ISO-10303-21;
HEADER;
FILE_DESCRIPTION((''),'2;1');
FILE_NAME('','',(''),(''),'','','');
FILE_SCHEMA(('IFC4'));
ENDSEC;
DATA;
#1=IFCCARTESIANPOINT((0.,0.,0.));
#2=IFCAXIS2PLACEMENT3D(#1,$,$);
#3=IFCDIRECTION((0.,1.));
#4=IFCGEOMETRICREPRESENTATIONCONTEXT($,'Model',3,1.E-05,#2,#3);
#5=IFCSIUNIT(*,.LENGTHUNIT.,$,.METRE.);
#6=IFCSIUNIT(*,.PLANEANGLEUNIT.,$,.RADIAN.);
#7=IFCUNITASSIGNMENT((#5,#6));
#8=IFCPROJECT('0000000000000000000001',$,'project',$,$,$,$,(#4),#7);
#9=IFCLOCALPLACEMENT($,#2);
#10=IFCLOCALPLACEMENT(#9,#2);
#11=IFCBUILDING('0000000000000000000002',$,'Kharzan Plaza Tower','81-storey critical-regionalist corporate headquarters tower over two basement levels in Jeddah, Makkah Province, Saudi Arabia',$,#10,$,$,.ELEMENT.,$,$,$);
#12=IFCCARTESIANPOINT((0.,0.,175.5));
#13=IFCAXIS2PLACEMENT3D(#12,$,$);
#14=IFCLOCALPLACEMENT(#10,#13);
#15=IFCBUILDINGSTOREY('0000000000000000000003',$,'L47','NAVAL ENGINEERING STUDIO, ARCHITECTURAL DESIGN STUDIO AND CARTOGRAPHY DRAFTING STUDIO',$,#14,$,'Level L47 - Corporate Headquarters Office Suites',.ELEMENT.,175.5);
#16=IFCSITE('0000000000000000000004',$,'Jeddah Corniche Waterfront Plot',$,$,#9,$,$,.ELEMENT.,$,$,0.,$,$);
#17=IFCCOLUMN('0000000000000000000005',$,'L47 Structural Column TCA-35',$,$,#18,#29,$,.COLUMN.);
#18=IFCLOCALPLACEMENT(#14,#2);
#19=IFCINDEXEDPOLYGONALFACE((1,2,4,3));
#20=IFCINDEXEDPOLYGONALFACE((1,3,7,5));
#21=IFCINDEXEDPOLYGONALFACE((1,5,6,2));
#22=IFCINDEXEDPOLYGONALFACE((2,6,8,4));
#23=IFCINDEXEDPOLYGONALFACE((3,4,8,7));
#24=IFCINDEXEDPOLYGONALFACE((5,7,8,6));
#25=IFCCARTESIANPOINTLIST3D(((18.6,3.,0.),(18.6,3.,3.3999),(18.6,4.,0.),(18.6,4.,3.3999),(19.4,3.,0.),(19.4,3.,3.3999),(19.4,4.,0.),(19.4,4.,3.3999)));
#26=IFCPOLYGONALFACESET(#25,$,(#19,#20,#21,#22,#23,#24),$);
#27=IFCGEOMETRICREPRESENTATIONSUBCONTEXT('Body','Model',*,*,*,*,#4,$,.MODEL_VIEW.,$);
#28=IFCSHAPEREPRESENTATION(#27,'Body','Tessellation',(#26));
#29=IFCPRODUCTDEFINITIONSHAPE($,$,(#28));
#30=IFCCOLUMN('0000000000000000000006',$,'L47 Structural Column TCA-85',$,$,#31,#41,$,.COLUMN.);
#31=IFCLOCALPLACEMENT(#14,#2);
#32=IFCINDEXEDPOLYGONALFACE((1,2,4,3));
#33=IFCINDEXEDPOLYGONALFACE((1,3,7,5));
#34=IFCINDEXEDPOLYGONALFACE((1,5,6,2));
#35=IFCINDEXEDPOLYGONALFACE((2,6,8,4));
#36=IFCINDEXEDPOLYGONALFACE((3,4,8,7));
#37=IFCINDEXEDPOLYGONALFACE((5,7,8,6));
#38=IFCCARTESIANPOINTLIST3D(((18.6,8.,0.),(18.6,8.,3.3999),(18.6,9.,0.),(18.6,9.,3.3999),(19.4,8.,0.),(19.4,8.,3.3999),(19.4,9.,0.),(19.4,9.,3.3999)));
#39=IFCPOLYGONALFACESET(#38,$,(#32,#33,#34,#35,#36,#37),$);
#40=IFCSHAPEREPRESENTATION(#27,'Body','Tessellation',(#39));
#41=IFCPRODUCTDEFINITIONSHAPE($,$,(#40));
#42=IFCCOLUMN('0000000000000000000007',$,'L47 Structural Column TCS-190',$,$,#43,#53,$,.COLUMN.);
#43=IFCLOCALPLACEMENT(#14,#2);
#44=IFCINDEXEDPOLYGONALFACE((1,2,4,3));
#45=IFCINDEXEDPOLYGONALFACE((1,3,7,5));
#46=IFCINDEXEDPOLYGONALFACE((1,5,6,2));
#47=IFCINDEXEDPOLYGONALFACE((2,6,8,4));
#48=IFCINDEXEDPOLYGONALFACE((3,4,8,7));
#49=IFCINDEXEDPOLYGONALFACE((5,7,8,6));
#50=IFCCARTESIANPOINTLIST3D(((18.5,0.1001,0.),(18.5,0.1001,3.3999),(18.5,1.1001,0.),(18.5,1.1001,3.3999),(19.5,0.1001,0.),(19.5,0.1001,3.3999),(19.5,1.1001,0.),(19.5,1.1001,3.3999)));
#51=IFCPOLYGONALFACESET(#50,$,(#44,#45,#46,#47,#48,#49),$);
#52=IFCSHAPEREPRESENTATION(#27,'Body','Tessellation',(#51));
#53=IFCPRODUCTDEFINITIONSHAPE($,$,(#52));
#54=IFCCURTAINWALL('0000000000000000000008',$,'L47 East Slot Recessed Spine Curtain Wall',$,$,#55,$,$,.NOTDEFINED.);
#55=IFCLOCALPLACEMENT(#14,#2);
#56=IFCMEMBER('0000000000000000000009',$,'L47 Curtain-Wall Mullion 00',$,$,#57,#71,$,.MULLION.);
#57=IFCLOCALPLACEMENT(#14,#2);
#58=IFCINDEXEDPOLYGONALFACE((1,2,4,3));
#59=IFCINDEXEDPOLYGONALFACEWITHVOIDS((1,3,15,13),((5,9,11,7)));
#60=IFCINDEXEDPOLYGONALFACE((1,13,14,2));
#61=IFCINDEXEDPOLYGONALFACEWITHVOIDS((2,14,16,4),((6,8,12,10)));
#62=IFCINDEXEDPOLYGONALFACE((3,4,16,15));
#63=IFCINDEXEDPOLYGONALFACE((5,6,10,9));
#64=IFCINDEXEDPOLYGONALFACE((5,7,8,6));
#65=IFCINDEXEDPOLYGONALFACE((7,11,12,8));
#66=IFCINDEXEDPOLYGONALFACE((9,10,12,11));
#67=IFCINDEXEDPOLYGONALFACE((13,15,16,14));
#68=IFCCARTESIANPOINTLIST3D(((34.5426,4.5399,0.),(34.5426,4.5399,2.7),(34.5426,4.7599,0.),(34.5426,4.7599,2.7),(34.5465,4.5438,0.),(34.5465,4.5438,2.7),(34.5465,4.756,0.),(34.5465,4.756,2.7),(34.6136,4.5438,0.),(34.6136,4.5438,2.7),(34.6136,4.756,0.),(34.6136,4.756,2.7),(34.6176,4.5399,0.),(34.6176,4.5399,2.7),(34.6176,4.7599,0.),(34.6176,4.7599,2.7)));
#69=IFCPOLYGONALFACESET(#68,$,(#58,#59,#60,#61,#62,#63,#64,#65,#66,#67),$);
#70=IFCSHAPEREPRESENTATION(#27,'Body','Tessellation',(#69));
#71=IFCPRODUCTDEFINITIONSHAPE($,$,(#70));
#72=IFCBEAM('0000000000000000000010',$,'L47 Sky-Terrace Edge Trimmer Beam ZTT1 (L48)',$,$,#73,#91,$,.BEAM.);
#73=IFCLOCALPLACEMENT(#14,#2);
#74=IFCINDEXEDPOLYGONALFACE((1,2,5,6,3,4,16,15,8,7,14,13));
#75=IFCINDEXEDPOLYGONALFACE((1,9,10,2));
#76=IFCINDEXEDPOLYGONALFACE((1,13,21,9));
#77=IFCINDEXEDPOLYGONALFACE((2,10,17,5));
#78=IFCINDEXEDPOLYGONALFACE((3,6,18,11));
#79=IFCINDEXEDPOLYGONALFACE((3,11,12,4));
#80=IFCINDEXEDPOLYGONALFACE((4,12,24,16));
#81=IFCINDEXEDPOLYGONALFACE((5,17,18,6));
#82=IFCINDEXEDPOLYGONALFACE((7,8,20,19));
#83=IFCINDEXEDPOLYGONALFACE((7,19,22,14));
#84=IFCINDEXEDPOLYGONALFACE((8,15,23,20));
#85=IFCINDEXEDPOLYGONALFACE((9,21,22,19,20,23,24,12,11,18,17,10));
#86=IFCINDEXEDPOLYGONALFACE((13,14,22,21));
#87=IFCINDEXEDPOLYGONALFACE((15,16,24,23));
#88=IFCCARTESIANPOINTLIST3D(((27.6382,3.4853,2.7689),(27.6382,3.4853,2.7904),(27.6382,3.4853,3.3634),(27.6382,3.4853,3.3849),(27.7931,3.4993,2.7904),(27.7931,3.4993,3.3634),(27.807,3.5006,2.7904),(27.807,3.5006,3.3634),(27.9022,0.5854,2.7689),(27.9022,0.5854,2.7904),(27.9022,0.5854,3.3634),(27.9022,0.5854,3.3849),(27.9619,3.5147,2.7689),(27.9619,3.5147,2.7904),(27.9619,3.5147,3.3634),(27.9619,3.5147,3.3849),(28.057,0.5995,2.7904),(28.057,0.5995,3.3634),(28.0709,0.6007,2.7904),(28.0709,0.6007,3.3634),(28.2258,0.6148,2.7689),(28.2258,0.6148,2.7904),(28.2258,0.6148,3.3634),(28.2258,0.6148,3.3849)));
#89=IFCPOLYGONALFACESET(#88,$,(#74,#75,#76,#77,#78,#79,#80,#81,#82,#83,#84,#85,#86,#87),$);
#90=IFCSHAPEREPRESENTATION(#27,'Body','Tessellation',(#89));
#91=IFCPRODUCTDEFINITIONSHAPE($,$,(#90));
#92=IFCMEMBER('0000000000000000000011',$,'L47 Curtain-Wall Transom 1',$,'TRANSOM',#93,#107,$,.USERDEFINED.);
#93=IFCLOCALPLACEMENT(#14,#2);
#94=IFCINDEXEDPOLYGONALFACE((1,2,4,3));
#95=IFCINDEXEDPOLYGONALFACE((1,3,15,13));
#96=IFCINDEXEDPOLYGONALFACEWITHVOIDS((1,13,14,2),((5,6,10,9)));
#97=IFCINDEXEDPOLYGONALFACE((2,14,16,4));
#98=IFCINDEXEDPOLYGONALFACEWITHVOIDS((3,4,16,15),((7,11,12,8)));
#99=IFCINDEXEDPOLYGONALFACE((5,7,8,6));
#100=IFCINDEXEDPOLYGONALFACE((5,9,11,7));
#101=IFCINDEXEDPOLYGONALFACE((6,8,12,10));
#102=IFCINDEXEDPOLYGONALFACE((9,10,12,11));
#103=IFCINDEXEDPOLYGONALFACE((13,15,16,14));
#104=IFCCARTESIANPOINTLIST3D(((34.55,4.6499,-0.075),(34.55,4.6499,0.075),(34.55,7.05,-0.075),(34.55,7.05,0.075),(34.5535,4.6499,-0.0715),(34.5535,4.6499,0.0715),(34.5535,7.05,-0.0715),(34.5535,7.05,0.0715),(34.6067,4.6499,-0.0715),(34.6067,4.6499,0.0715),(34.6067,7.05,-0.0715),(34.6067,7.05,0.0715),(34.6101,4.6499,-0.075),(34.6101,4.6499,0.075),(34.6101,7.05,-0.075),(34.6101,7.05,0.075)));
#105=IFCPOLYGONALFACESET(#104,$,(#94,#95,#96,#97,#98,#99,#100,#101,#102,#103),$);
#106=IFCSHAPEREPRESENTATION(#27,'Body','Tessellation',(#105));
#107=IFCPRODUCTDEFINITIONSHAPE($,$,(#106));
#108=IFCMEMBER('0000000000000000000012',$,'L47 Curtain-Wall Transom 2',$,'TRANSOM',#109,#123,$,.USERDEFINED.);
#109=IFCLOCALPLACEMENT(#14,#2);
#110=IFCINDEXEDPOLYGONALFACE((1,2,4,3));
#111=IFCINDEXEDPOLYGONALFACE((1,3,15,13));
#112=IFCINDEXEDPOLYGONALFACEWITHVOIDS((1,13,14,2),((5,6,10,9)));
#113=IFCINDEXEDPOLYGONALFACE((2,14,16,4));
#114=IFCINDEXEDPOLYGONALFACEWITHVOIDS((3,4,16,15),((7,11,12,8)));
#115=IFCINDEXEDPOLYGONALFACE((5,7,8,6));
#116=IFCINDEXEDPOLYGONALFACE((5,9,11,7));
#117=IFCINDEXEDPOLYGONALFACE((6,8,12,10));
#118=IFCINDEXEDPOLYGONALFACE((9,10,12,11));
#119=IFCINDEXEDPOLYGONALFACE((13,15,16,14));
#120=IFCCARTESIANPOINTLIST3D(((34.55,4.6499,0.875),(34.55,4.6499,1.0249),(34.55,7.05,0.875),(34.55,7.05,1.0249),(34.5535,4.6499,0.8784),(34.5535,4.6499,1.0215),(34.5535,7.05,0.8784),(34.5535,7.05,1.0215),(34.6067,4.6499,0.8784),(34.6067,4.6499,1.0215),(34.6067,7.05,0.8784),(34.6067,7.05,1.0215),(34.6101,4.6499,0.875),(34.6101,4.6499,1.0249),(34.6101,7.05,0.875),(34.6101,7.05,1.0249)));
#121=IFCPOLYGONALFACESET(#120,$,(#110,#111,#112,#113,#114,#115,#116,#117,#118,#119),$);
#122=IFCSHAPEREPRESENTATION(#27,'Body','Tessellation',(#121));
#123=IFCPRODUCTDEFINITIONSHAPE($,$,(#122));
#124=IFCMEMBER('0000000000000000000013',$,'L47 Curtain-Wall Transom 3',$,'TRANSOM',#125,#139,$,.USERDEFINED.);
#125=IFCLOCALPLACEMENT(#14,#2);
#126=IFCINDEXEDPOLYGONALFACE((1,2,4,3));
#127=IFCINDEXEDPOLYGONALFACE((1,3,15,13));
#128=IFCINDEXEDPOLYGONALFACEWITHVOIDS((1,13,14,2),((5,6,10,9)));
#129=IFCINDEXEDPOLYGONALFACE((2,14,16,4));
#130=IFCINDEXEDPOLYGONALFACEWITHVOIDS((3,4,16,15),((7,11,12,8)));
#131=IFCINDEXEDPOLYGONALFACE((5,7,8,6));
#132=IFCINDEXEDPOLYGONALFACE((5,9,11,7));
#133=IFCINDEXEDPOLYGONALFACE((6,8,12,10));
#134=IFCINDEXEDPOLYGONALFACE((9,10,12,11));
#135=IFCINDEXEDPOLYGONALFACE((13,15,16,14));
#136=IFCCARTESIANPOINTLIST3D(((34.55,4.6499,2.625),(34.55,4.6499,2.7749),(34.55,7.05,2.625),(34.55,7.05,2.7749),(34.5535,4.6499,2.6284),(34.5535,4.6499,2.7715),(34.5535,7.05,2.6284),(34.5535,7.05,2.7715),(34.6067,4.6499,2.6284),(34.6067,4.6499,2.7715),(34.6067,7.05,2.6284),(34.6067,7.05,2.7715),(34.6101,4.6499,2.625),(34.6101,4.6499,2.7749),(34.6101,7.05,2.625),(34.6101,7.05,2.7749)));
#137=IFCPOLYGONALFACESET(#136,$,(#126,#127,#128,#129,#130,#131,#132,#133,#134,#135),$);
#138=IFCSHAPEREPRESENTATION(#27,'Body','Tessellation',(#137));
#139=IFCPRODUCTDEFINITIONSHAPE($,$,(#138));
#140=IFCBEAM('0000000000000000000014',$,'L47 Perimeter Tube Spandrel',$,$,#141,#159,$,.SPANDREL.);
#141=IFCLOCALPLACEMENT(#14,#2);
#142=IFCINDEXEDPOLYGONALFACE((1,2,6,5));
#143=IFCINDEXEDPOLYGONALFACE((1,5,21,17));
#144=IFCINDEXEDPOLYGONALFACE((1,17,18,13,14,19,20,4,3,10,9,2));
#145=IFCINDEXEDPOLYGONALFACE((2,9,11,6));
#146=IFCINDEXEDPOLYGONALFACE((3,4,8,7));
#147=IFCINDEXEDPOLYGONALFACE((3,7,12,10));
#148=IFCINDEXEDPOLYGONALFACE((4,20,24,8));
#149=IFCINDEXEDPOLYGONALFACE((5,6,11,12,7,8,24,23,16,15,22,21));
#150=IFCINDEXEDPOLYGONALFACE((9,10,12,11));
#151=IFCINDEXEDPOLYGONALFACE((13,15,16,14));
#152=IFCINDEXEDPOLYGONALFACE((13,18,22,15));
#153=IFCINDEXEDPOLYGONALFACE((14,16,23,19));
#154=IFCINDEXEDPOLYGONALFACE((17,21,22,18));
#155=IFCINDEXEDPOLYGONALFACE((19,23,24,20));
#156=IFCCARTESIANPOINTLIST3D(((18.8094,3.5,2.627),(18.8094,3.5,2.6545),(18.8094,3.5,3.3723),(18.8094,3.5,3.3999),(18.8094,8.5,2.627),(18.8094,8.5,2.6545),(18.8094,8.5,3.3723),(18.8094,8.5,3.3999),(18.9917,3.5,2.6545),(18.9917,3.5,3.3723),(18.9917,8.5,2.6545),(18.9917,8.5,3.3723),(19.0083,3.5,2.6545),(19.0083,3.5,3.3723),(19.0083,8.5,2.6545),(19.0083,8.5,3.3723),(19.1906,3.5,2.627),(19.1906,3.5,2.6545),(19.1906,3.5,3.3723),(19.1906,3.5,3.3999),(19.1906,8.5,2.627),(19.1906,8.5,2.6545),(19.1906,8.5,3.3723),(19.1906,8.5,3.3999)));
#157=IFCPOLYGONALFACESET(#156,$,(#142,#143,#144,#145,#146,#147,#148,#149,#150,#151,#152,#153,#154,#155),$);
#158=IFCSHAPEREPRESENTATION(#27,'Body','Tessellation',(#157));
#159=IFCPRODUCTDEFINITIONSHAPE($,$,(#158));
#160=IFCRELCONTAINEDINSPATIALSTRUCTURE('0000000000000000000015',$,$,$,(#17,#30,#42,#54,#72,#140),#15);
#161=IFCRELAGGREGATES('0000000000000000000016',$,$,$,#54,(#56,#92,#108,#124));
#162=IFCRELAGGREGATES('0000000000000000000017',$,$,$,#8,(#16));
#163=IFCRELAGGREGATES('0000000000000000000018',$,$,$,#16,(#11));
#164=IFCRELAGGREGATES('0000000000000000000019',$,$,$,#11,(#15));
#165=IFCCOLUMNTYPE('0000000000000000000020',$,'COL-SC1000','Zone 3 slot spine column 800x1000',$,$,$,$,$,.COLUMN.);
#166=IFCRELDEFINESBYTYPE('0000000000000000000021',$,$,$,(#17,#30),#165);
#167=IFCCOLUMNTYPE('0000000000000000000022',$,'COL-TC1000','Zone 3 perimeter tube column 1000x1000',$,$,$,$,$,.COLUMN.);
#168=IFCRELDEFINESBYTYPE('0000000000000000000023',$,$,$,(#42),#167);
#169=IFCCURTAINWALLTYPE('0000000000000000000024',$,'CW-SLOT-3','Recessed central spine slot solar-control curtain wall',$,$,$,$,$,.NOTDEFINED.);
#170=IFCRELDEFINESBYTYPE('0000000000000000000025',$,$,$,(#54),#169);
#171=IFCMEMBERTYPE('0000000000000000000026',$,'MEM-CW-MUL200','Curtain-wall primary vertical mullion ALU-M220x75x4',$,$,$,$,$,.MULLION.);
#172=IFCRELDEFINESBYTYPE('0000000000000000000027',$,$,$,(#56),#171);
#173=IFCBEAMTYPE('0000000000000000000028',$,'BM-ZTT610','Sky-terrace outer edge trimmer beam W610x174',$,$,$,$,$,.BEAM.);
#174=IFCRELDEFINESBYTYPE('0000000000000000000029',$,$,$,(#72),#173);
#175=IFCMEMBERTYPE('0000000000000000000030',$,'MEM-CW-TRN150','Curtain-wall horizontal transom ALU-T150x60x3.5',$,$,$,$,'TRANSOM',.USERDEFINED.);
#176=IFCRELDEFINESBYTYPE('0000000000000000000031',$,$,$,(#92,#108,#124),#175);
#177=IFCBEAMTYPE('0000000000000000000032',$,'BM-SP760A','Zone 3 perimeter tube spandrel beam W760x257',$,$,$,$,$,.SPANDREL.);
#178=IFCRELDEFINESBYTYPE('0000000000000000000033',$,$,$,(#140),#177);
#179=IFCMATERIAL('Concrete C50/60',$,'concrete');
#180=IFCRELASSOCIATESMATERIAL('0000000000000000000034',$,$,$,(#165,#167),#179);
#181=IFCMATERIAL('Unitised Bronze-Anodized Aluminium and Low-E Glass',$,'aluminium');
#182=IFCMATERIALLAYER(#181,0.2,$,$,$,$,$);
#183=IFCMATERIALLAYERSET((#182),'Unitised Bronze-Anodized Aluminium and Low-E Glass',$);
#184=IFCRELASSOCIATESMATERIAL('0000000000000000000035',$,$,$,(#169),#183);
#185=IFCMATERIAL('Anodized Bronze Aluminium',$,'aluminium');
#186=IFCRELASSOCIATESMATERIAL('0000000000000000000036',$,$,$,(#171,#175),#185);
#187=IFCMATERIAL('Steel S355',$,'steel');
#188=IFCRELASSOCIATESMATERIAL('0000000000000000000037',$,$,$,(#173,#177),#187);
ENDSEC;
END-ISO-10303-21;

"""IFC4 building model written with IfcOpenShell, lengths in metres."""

from ifc_helpers import new_model, si_unit, direction, frame, origin, origin_2d, place, context, subcontext, project, spatial, rectangle, hollow_rectangle, i_section, extrude, source, transform, mapped, material, layer, layer_set, material_profile, profile_set, type_object, element, aggregate, save


model = new_model("IFC4")

# Units and contexts
model_context = context("Model", 3, precision=1e-05, world=origin(), true_north=direction((0.0, 1.0)))
body_context = subcontext(model_context, "Body", "Model", "MODEL_VIEW")
ifc_project = project(units=[si_unit("LENGTHUNIT", "METRE"), si_unit("PLANEANGLEUNIT", "RADIAN")], contexts=[model_context])

# Site, building, storey
site_placement = place(None, origin())
site = spatial("IfcSite", under=ifc_project, at=site_placement, Name="Jeddah Corniche Waterfront Plot", CompositionType="ELEMENT", RefElevation=0.0)
building_placement = place(site_placement, origin())
building = spatial("IfcBuilding", under=site, at=building_placement, Name="Kharzan Plaza Tower", Description="81-storey critical-regionalist corporate headquarters tower over two basement levels in Jeddah, Makkah Province, Saudi Arabia", CompositionType="ELEMENT")
storey_placement = place(building_placement, frame((0.0, 0.0, 175.5)))
storey = spatial("IfcBuildingStorey", under=building, at=storey_placement, Name="L47", Description="NAVAL ENGINEERING STUDIO, ARCHITECTURAL DESIGN STUDIO AND CARTOGRAPHY DRAFTING STUDIO", LongName="Level L47 - Corporate Headquarters Office Suites", CompositionType="ELEMENT", Elevation=175.5)

# Columns
ifc_material_1 = material(Name="Concrete C50/60", Category="concrete")
ifc_material_profile_1 = material_profile(ifc_material_1, rectangle(XDim=0.8, YDim=1.0, at=origin_2d()), Name="RC-SC1000x800")
ifc_profile_set_1 = profile_set([ifc_material_profile_1], Name="Concrete C50/60")
column_type_1 = type_object("IfcColumnType", Name="COL-SC1000", Description="Zone 3 slot spine column 800x1000", PredefinedType="COLUMN", material=ifc_profile_set_1)
shared_shape_1 = source(origin(), body_context, "Body", "SweptSolid", [
    extrude(rectangle(XDim=0.8, YDim=1.0, at=origin_2d()), origin(), (0.0, 0.0, 1.0), 3.3999),
])
for number, where, z_axis, x_axis, name in (
    (1, (19.0, 3.5, 0.0), (0.0, 0.0, 1.0), (1.0, 0.0, 0.0), "L47 Structural Column TCA-35"),
    (2, (19.0, 8.5, 0.0), (0.0, 0.0, 1.0), (1.0, 0.0, 0.0), "L47 Structural Column TCA-85"),
):
    element("IfcColumn", number, at=place(storey_placement, frame(where, z_axis=z_axis, x_axis=x_axis)), inside=storey, type_object=column_type_1, Name=name, PredefinedType="COLUMN", context=body_context, shape_type="MappedRepresentation", body=[
        mapped(shared_shape_1, transform((0.0, 0.0, 0.0), x_axis=(1.0, 0.0, 0.0), y_axis=(0.0, 1.0, 0.0), z_axis=(0.0, 0.0, 1.0))),
    ])
ifc_material_profile_2 = material_profile(ifc_material_1, rectangle(XDim=1.0, YDim=1.0, at=origin_2d()), Name="RC-TC1000x1000")
ifc_profile_set_2 = profile_set([ifc_material_profile_2], Name="Concrete C50/60")
column_type_2 = type_object("IfcColumnType", Name="COL-TC1000", Description="Zone 3 perimeter tube column 1000x1000", PredefinedType="COLUMN", material=ifc_profile_set_2)
shared_shape_2 = source(origin(), body_context, "Body", "SweptSolid", [
    extrude(rectangle(XDim=1.0, YDim=1.0, at=origin_2d()), origin(), (0.0, 0.0, 1.0), 3.3999),
])
column_placement = place(storey_placement, frame((19.0, 0.6001, 0.0), z_axis=(0.0, 0.0, 1.0), x_axis=(1.0, 0.0, 0.0)))
element("IfcColumn", 3, at=column_placement, inside=storey, type_object=column_type_2, Name="L47 Structural Column TCS-190", PredefinedType="COLUMN", context=body_context, shape_type="MappedRepresentation", body=[
    mapped(shared_shape_2, transform((0.0, 0.0, 0.0), x_axis=(1.0, 0.0, 0.0), y_axis=(0.0, 1.0, 0.0), z_axis=(0.0, 0.0, 1.0))),
])

# Curtain wall, member
ifc_material_2 = material(Name="Unitised Bronze-Anodized Aluminium and Low-E Glass", Category="aluminium")
ifc_layer_1 = layer(ifc_material_2, 0.2)
ifc_layer_set_1 = layer_set([ifc_layer_1], Name="Unitised Bronze-Anodized Aluminium and Low-E Glass")
curtain_wall_type = type_object("IfcCurtainWallType", Name="CW-SLOT-3", Description="Recessed central spine slot solar-control curtain wall", PredefinedType="NOTDEFINED", material=ifc_layer_set_1)
curtain_wall_placement = place(storey_placement, origin())
curtain_wall = element("IfcCurtainWall", 4, at=curtain_wall_placement, inside=storey, type_object=curtain_wall_type, Name="L47 East Slot Recessed Spine Curtain Wall", PredefinedType="NOTDEFINED")
ifc_material_3 = material(Name="Anodized Bronze Aluminium", Category="aluminium")
ifc_material_profile_3 = material_profile(ifc_material_3, hollow_rectangle(XDim=0.075, YDim=0.22, WallThickness=0.0039, at=origin_2d()), Name="ALU-M220x75x4")
ifc_profile_set_3 = profile_set([ifc_material_profile_3], Name="Anodized Bronze Aluminium")
member_type_1 = type_object("IfcMemberType", Name="MEM-CW-MUL200", Description="Curtain-wall primary vertical mullion ALU-M220x75x4", PredefinedType="MULLION", material=ifc_profile_set_3)
shared_shape_3 = source(origin(), body_context, "Body", "SweptSolid", [
    extrude(hollow_rectangle(XDim=0.075, YDim=0.22, WallThickness=0.0039, at=origin_2d()), origin(), (0.0, 0.0, 1.0), 2.7),
])
member_1_placement = place(storey_placement, frame((34.5801, 4.6499, 0.0), z_axis=(0.0, 0.0, 1.0), x_axis=(1.0, 0.0, 0.0)))
member_1 = element("IfcMember", 5, at=member_1_placement, type_object=member_type_1, Name="L47 Curtain-Wall Mullion 00", PredefinedType="MULLION", context=body_context, shape_type="MappedRepresentation", body=[
    mapped(shared_shape_3, transform((0.0, 0.0, 0.0), x_axis=(1.0, 0.0, 0.0), y_axis=(0.0, 1.0, 0.0), z_axis=(0.0, 0.0, 1.0))),
])

# Beam
ifc_material_4 = material(Name="Steel S355", Category="steel")
ifc_material_profile_4 = material_profile(ifc_material_4, i_section(OverallWidth=0.325, OverallDepth=0.616, WebThickness=0.0139, FlangeThickness=0.0215, at=origin_2d()), Name="W610x174")
ifc_profile_set_4 = profile_set([ifc_material_profile_4], Name="Steel S355")
beam_type_1 = type_object("IfcBeamType", Name="BM-ZTT610", Description="Sky-terrace outer edge trimmer beam W610x174", PredefinedType="BEAM", material=ifc_profile_set_4)
shared_shape_4 = source(origin(), body_context, "Body", "SweptSolid", [
    extrude(i_section(OverallWidth=0.325, OverallDepth=0.616, WebThickness=0.0139, FlangeThickness=0.0215, at=origin_2d()), origin(), (0.0, 0.0, 1.0), 2.9119),
])
beam_1_placement = place(storey_placement, frame((28.064, 0.6001, 3.0769), z_axis=(-0.090634, 0.995884, 0.0), x_axis=(-0.995884, -0.090634, 0.0)))
element("IfcBeam", 6, at=beam_1_placement, inside=storey, type_object=beam_type_1, Name="L47 Sky-Terrace Edge Trimmer Beam ZTT1 (L48)", PredefinedType="BEAM", context=body_context, shape_type="MappedRepresentation", body=[
    mapped(shared_shape_4, transform((0.0, 0.0, 0.0), x_axis=(1.0, 0.0, 0.0), y_axis=(0.0, 1.0, 0.0), z_axis=(0.0, 0.0, 1.0))),
])

# Members
ifc_material_profile_5 = material_profile(ifc_material_3, hollow_rectangle(XDim=0.0601, YDim=0.1499, WallThickness=0.0034, at=origin_2d()), Name="ALU-T150x60x3.5")
ifc_profile_set_5 = profile_set([ifc_material_profile_5], Name="Anodized Bronze Aluminium")
member_type_2 = type_object("IfcMemberType", Name="MEM-CW-TRN150", Description="Curtain-wall horizontal transom ALU-T150x60x3.5", ElementType="TRANSOM", PredefinedType="USERDEFINED", material=ifc_profile_set_5)
shared_shape_5 = source(origin(), body_context, "Body", "SweptSolid", [
    extrude(hollow_rectangle(XDim=0.0601, YDim=0.1499, WallThickness=0.0034, at=origin_2d()), origin(), (0.0, 0.0, 1.0), 2.4001),
])
member_2_placement = place(storey_placement, frame((34.5801, 4.6499, 0.0), z_axis=(0.0, 1.0, 0.0), x_axis=(-1.0, 0.0, 0.0)))
member_2 = element("IfcMember", 7, at=member_2_placement, type_object=member_type_2, Name="L47 Curtain-Wall Transom 1", ObjectType="TRANSOM", PredefinedType="USERDEFINED", context=body_context, shape_type="MappedRepresentation", body=[
    mapped(shared_shape_5, transform((0.0, 0.0, 0.0), x_axis=(1.0, 0.0, 0.0), y_axis=(0.0, 1.0, 0.0), z_axis=(0.0, 0.0, 1.0))),
])
member_3_placement = place(storey_placement, frame((34.5801, 4.6499, 0.95), z_axis=(0.0, 1.0, 0.0), x_axis=(-1.0, 0.0, 0.0)))
member_3 = element("IfcMember", 8, at=member_3_placement, type_object=member_type_2, Name="L47 Curtain-Wall Transom 2", ObjectType="TRANSOM", PredefinedType="USERDEFINED", context=body_context, shape_type="MappedRepresentation", body=[
    mapped(shared_shape_5, transform((0.0, 0.0, 0.0), x_axis=(1.0, 0.0, 0.0), y_axis=(0.0, 1.0, 0.0), z_axis=(0.0, 0.0, 1.0))),
])
member_4_placement = place(storey_placement, frame((34.5801, 4.6499, 2.7), z_axis=(0.0, 1.0, 0.0), x_axis=(-1.0, 0.0, 0.0)))
member_4 = element("IfcMember", 9, at=member_4_placement, type_object=member_type_2, Name="L47 Curtain-Wall Transom 3", ObjectType="TRANSOM", PredefinedType="USERDEFINED", context=body_context, shape_type="MappedRepresentation", body=[
    mapped(shared_shape_5, transform((0.0, 0.0, 0.0), x_axis=(1.0, 0.0, 0.0), y_axis=(0.0, 1.0, 0.0), z_axis=(0.0, 0.0, 1.0))),
])
aggregate(curtain_wall, [member_1, member_2, member_3, member_4])

# Beam
ifc_material_profile_6 = material_profile(ifc_material_4, i_section(OverallWidth=0.3811, OverallDepth=0.7729, WebThickness=0.0166, FlangeThickness=0.0276, at=origin_2d()), Name="W760x257")
ifc_profile_set_6 = profile_set([ifc_material_profile_6], Name="Steel S355")
beam_type_2 = type_object("IfcBeamType", Name="BM-SP760A", Description="Zone 3 perimeter tube spandrel beam W760x257", PredefinedType="SPANDREL", material=ifc_profile_set_6)
shared_shape_6 = source(origin(), body_context, "Body", "SweptSolid", [
    extrude(i_section(OverallWidth=0.3811, OverallDepth=0.7729, WebThickness=0.0166, FlangeThickness=0.0276, at=origin_2d()), origin(), (0.0, 0.0, 1.0), 5.0),
])
beam_2_placement = place(storey_placement, frame((19.0, 3.5, 3.0134), z_axis=(0.0, 1.0, 0.0), x_axis=(-1.0, 0.0, 0.0)))
element("IfcBeam", 10, at=beam_2_placement, inside=storey, type_object=beam_type_2, Name="L47 Perimeter Tube Spandrel", PredefinedType="SPANDREL", context=body_context, shape_type="MappedRepresentation", body=[
    mapped(shared_shape_6, transform((0.0, 0.0, 0.0), x_axis=(1.0, 0.0, 0.0), y_axis=(0.0, 1.0, 0.0), z_axis=(0.0, 0.0, 1.0))),
])

save(model, "model.ifc")
